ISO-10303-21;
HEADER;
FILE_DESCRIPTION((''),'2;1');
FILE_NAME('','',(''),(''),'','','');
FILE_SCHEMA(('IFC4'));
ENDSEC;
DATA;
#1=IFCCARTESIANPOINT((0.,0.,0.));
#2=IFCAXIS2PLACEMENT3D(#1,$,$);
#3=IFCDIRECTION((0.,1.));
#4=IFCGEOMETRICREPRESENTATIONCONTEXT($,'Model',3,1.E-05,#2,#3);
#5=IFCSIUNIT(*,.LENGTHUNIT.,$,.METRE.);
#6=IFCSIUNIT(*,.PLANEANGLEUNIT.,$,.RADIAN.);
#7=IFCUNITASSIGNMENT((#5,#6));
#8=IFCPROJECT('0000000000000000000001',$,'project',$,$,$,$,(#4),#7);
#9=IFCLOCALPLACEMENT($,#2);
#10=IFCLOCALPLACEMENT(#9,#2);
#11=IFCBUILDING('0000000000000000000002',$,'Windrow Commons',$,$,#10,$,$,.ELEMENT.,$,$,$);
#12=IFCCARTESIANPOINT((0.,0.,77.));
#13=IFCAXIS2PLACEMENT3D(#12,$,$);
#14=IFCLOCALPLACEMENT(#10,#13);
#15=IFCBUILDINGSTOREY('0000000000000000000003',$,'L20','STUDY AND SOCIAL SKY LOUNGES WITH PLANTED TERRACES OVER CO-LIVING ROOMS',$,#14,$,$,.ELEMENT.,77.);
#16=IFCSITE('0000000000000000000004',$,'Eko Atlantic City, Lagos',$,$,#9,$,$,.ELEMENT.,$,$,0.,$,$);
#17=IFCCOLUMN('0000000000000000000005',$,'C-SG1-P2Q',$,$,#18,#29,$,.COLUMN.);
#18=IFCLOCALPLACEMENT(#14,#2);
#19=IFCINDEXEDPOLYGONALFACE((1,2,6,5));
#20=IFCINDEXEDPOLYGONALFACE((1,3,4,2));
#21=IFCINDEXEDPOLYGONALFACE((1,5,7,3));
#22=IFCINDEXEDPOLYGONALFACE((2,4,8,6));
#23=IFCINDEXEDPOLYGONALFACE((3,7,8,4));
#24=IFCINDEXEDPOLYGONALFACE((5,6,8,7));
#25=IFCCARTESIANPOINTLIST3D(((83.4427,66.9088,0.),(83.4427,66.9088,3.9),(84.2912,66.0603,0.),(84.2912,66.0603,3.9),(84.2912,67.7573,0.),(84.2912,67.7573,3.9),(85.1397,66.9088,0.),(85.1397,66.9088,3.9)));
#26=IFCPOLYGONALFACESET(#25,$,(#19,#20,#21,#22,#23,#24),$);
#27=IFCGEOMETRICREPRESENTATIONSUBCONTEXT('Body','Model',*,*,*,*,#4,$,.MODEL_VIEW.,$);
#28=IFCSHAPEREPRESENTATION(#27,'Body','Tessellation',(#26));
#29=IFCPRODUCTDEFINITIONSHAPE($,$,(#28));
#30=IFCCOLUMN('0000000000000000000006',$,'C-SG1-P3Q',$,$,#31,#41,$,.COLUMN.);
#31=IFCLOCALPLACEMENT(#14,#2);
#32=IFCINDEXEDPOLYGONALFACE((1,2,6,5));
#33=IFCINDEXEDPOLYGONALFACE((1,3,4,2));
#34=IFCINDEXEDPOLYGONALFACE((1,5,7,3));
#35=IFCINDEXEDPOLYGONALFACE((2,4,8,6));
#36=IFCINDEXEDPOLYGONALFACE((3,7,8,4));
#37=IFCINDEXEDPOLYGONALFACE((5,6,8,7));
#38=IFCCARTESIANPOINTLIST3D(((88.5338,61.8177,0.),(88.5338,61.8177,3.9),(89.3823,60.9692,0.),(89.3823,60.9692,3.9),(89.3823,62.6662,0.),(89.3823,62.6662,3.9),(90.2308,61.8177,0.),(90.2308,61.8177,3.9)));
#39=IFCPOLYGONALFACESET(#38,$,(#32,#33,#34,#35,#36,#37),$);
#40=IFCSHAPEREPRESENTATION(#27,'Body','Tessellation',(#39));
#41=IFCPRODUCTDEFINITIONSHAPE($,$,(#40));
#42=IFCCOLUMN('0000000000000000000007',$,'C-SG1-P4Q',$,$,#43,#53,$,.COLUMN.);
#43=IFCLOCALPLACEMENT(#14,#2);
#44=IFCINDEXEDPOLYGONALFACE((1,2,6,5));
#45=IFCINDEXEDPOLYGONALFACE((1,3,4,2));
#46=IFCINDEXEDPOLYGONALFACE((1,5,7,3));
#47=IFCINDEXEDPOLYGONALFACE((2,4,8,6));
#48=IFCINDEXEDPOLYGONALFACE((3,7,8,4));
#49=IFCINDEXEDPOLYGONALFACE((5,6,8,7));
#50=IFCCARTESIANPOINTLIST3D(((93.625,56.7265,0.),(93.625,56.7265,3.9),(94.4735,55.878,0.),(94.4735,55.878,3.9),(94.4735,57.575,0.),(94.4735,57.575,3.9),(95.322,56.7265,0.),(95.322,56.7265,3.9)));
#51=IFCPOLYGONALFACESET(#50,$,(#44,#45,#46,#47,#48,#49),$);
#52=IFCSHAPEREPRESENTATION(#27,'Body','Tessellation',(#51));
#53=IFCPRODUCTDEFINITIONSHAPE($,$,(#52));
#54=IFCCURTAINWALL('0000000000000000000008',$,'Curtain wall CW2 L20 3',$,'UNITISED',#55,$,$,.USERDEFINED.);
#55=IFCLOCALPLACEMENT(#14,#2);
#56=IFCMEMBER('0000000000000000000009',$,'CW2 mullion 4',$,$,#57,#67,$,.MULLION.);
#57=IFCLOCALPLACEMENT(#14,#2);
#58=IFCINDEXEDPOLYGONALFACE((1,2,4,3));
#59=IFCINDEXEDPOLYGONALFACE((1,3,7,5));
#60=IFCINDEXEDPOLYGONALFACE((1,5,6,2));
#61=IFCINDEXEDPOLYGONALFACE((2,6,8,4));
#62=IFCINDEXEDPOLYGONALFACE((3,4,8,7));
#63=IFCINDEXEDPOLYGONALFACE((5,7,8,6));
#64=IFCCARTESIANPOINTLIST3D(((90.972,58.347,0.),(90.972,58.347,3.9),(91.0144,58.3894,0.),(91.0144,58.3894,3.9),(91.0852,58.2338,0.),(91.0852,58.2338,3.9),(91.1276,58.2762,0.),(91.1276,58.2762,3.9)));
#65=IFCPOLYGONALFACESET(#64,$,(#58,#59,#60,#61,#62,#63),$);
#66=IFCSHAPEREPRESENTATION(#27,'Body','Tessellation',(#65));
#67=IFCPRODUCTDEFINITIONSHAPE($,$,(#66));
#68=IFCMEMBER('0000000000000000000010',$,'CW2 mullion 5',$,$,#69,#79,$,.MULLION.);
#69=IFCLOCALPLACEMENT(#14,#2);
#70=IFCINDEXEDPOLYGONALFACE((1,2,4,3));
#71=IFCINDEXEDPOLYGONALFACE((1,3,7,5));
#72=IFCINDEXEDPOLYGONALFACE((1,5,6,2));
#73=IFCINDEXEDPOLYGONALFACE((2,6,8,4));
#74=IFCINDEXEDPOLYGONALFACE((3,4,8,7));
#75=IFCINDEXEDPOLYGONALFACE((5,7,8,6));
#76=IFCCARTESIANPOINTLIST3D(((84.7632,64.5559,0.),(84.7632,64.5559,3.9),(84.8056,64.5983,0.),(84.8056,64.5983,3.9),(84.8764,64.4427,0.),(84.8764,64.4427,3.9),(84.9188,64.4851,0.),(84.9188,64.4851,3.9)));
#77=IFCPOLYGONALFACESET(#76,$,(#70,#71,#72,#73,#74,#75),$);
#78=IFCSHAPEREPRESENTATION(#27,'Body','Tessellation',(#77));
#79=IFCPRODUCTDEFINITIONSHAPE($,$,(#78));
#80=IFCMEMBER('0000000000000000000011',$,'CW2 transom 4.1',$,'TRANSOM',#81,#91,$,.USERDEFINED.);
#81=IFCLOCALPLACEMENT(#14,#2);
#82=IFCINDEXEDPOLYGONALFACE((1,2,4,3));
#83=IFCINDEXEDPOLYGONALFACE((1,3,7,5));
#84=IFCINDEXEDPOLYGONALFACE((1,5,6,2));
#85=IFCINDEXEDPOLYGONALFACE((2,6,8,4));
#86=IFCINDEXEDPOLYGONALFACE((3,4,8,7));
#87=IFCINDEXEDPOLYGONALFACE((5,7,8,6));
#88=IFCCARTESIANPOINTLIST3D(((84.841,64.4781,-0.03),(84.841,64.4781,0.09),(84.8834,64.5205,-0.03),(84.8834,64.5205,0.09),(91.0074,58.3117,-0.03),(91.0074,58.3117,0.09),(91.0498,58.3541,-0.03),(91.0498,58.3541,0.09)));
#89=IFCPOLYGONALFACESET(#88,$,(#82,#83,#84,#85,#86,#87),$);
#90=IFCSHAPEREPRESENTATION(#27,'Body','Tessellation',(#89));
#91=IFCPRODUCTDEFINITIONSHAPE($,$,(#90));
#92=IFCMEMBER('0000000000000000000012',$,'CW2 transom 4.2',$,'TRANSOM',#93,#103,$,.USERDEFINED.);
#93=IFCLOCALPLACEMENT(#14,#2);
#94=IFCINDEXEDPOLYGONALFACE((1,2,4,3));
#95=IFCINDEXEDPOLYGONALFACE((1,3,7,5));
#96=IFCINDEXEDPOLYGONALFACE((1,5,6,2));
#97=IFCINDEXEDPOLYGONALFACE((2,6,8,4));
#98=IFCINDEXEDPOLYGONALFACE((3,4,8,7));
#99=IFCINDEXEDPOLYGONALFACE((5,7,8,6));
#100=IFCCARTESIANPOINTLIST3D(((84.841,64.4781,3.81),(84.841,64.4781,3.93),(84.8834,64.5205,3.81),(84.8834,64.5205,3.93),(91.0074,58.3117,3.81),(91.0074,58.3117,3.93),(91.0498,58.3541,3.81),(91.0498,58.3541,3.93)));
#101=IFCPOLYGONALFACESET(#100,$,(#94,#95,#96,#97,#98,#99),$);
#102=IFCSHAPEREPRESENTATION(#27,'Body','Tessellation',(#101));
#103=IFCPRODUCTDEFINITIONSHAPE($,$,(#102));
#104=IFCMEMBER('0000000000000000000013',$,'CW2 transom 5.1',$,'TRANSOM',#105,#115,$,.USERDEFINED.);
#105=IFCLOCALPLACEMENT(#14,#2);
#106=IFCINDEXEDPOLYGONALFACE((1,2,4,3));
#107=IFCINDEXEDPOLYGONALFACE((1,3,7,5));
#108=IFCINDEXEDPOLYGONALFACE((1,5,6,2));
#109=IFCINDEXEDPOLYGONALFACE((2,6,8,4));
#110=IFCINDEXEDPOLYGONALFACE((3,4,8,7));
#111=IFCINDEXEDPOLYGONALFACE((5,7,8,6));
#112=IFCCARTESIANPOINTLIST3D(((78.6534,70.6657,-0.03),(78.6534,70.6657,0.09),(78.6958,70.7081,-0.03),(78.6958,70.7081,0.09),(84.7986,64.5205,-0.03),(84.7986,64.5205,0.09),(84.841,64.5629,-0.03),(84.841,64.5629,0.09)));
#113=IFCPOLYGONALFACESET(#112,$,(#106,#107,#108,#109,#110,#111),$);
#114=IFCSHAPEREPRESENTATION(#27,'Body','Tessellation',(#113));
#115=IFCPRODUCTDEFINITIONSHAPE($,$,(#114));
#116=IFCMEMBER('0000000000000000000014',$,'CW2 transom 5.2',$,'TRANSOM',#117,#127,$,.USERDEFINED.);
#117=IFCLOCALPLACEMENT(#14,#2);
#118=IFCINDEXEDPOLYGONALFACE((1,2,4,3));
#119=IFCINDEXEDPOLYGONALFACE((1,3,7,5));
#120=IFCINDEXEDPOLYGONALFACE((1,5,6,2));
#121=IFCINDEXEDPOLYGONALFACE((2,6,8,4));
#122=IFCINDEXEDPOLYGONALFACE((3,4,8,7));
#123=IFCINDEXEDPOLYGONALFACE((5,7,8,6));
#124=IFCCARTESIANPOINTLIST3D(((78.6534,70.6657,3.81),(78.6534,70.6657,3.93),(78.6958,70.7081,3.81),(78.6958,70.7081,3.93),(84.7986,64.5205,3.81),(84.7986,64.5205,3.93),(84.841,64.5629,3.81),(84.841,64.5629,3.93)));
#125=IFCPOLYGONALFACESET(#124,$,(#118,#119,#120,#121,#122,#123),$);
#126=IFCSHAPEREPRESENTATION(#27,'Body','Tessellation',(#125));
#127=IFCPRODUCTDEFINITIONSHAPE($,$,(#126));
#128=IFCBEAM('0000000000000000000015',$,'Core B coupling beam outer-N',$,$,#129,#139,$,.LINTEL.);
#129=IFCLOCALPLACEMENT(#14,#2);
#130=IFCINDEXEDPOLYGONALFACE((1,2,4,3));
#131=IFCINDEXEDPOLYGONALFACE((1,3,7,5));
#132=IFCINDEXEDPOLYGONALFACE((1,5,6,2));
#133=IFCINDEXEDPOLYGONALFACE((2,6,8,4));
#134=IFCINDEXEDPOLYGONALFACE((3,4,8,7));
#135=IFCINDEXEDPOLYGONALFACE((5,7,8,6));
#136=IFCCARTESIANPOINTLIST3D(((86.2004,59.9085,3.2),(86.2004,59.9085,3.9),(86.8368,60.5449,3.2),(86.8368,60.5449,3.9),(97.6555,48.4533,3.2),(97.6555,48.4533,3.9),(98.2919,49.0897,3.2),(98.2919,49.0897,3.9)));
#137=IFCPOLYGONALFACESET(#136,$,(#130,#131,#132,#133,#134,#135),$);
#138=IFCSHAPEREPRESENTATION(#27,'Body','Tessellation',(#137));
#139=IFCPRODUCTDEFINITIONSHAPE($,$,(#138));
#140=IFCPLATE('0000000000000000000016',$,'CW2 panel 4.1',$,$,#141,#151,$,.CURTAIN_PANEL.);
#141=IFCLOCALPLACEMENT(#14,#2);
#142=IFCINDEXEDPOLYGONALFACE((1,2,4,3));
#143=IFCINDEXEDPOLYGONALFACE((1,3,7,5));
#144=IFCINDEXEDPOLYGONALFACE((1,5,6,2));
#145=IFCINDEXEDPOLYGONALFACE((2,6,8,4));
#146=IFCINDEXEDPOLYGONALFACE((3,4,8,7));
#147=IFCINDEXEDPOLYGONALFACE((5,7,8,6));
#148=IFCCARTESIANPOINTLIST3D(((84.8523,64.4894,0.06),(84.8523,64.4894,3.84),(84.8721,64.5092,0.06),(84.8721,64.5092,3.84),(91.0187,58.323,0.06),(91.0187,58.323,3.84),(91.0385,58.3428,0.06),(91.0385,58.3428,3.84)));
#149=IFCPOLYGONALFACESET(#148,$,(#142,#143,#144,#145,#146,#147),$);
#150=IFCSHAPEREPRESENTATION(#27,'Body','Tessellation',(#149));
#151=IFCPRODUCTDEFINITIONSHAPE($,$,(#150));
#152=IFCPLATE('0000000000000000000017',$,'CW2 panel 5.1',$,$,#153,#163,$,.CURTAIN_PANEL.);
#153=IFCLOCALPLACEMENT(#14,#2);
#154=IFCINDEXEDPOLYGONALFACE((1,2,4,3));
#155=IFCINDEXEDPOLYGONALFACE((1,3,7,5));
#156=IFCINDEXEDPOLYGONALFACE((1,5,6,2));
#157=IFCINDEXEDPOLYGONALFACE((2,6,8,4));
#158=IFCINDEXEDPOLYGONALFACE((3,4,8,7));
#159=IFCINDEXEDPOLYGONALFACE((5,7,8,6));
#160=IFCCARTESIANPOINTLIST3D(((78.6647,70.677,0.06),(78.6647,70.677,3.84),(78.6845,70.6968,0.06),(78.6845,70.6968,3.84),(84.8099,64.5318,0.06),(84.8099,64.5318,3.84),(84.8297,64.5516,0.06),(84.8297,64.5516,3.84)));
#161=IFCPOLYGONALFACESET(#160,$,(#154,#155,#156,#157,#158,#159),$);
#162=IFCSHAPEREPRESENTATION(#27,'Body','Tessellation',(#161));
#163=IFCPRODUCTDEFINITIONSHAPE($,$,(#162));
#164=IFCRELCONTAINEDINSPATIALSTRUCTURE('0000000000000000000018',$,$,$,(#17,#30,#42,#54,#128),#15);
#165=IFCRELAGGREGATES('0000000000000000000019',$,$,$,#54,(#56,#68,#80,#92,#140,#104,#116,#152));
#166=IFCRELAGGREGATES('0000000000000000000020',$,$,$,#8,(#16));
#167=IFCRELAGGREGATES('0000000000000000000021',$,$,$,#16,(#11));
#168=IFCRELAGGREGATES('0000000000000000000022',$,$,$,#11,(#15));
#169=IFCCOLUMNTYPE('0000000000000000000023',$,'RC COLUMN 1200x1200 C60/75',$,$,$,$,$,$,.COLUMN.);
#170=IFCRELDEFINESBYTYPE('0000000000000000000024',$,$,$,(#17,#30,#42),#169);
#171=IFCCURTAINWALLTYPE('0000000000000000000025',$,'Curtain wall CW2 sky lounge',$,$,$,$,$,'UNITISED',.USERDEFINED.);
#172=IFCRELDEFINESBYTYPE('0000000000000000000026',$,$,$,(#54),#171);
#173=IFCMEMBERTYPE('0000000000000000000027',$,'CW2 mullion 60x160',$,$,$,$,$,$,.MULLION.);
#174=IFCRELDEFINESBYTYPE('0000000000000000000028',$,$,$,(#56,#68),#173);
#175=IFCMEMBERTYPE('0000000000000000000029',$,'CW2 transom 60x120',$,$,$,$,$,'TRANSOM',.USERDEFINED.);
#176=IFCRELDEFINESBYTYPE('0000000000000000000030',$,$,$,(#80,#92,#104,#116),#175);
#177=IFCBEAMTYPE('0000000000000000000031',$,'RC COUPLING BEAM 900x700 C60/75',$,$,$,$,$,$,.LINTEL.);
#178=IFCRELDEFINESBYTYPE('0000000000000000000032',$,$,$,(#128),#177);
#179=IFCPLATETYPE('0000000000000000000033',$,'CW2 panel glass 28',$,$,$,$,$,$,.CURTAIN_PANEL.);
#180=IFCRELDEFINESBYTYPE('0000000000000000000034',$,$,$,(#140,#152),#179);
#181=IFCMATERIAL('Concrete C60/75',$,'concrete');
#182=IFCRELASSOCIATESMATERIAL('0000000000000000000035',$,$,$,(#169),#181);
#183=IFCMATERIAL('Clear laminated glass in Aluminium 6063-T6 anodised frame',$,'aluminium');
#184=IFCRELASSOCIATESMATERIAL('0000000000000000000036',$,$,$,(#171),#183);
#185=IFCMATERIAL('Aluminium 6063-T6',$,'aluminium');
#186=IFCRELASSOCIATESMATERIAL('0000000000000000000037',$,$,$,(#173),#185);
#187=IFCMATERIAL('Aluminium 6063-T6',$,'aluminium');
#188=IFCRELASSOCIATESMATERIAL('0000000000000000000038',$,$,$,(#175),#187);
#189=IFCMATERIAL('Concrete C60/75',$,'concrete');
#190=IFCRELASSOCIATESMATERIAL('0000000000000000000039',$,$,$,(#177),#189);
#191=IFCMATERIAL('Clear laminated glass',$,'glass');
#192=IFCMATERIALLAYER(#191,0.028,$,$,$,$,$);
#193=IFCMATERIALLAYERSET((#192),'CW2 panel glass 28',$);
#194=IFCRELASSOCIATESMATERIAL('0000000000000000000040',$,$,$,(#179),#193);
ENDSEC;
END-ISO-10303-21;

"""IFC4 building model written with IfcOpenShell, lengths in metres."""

from ifc_helpers import new_model, si_unit, direction, frame, origin, origin_2d, place, context, subcontext, project, spatial, rectangle, extrude, material, layer, layer_set, material_profile, profile_set, type_object, element, aggregate, save


model = new_model("IFC4")

# Units and contexts
model_context = context("Model", 3, precision=1e-05, world=origin(), true_north=direction((0.0, 1.0)))
body_context = subcontext(model_context, "Body", "Model", "MODEL_VIEW")
ifc_project = project(units=[si_unit("LENGTHUNIT", "METRE"), si_unit("PLANEANGLEUNIT", "RADIAN")], contexts=[model_context])

# Site, building, storey
site_placement = place(None, origin())
site = spatial("IfcSite", under=ifc_project, at=site_placement, Name="Eko Atlantic City, Lagos", CompositionType="ELEMENT", RefElevation=0.0)
building_placement = place(site_placement, origin())
building = spatial("IfcBuilding", under=site, at=building_placement, Name="Windrow Commons", CompositionType="ELEMENT")
storey_placement = place(building_placement, frame((0.0, 0.0, 77.0)))
storey = spatial("IfcBuildingStorey", under=building, at=storey_placement, Name="L20", Description="STUDY AND SOCIAL SKY LOUNGES WITH PLANTED TERRACES OVER CO-LIVING ROOMS", CompositionType="ELEMENT", Elevation=77.0)

# Columns
ifc_material_1 = material(Name="Concrete C60/75", Category="concrete")
ifc_material_profile_1 = material_profile(ifc_material_1, rectangle(XDim=1.2, YDim=1.2, at=origin_2d()))
ifc_profile_set_1 = profile_set([ifc_material_profile_1], Name="Concrete C60/75")
column_type = type_object("IfcColumnType", Name="RC COLUMN 1200x1200 C60/75", PredefinedType="COLUMN", material=ifc_profile_set_1)
for number, where, z_axis, x_axis, name in (
    (1, (84.2912, 66.9088, 0.0), (0.0, 0.0, 1.0), (0.707107, -0.707107, 0.0), "C-SG1-P2Q"),
    (2, (89.3823, 61.8177, 0.0), (0.0, 0.0, 1.0), (0.707107, -0.707107, 0.0), "C-SG1-P3Q"),
    (3, (94.4735, 56.7265, 0.0), (0.0, 0.0, 1.0), (0.707107, -0.707107, 0.0), "C-SG1-P4Q"),
):
    element("IfcColumn", number, at=place(storey_placement, frame(where, z_axis=z_axis, x_axis=x_axis)), inside=storey, type_object=column_type, Name=name, PredefinedType="COLUMN", context=body_context, shape_type="SweptSolid", body=[
        extrude(rectangle(XDim=1.2, YDim=1.2, at=origin_2d()), origin(), (0.0, 0.0, 1.0), 3.9),
    ])

# Curtain wall, members
ifc_material_2 = material(Name="Clear laminated glass in Aluminium 6063-T6 anodised frame", Category="aluminium")
curtain_wall_type = type_object("IfcCurtainWallType", Name="Curtain wall CW2 sky lounge", ElementType="UNITISED", PredefinedType="USERDEFINED", material=ifc_material_2)
placement = place(storey_placement, origin())
curtain_wall = element("IfcCurtainWall", 4, at=placement, inside=storey, type_object=curtain_wall_type, Name="Curtain wall CW2 L20 3", ObjectType="UNITISED", PredefinedType="USERDEFINED")
ifc_material_3 = material(Name="Aluminium 6063-T6", Category="aluminium")
ifc_material_profile_2 = material_profile(ifc_material_3, rectangle(XDim=0.06, YDim=0.16, at=origin_2d()))
ifc_profile_set_2 = profile_set([ifc_material_profile_2], Name="Aluminium 6063-T6")
member_type_1 = type_object("IfcMemberType", Name="CW2 mullion 60x160", PredefinedType="MULLION", material=ifc_profile_set_2)
member_1_placement = place(storey_placement, frame((91.0498, 58.3116, 0.0), z_axis=(0.0, 0.0, 1.0), x_axis=(-0.707107, -0.707107, 0.0)))
member_1 = element("IfcMember", 5, at=member_1_placement, type_object=member_type_1, Name="CW2 mullion 4", PredefinedType="MULLION", context=body_context, shape_type="SweptSolid", body=[
    extrude(rectangle(XDim=0.06, YDim=0.16, at=origin_2d()), origin(), (0.0, 0.0, 1.0), 3.9),
])
member_2_placement = place(storey_placement, frame((84.841, 64.5205, 0.0), z_axis=(0.0, 0.0, 1.0), x_axis=(-0.707107, -0.707107, 0.0)))
member_2 = element("IfcMember", 6, at=member_2_placement, type_object=member_type_1, Name="CW2 mullion 5", PredefinedType="MULLION", context=body_context, shape_type="SweptSolid", body=[
    extrude(rectangle(XDim=0.06, YDim=0.16, at=origin_2d()), origin(), (0.0, 0.0, 1.0), 3.9),
])
ifc_material_4 = material(Name="Aluminium 6063-T6", Category="aluminium")
ifc_material_profile_3 = material_profile(ifc_material_4, rectangle(XDim=0.06, YDim=0.12, at=origin_2d()))
ifc_profile_set_3 = profile_set([ifc_material_profile_3], Name="Aluminium 6063-T6")
member_type_2 = type_object("IfcMemberType", Name="CW2 transom 60x120", ElementType="TRANSOM", PredefinedType="USERDEFINED", material=ifc_profile_set_3)
member_3_placement = place(storey_placement, frame((91.0286, 58.3329, 0.03), z_axis=(-0.707107, 0.707107, 0.0), x_axis=(-0.707107, -0.707107, 0.0)))
member_3 = element("IfcMember", 7, at=member_3_placement, type_object=member_type_2, Name="CW2 transom 4.1", ObjectType="TRANSOM", PredefinedType="USERDEFINED", context=body_context, shape_type="SweptSolid", body=[
    extrude(rectangle(XDim=0.06, YDim=0.12, at=origin_2d()), origin(), (0.0, 0.0, 1.0), 8.7206),
])
member_4_placement = place(storey_placement, frame((91.0286, 58.3329, 3.87), z_axis=(-0.707107, 0.707107, 0.0), x_axis=(-0.707107, -0.707107, 0.0)))
member_4 = element("IfcMember", 8, at=member_4_placement, type_object=member_type_2, Name="CW2 transom 4.2", ObjectType="TRANSOM", PredefinedType="USERDEFINED", context=body_context, shape_type="SweptSolid", body=[
    extrude(rectangle(XDim=0.06, YDim=0.12, at=origin_2d()), origin(), (0.0, 0.0, 1.0), 8.7206),
])
member_5_placement = place(storey_placement, frame((84.8198, 64.5417, 0.03), z_axis=(-0.707107, 0.707107, 0.0), x_axis=(-0.707107, -0.707107, 0.0)))
member_5 = element("IfcMember", 9, at=member_5_placement, type_object=member_type_2, Name="CW2 transom 5.1", ObjectType="TRANSOM", PredefinedType="USERDEFINED", context=body_context, shape_type="SweptSolid", body=[
    extrude(rectangle(XDim=0.06, YDim=0.12, at=origin_2d()), origin(), (0.0, 0.0, 1.0), 8.6906),
])
member_6_placement = place(storey_placement, frame((84.8198, 64.5417, 3.87), z_axis=(-0.707107, 0.707107, 0.0), x_axis=(-0.707107, -0.707107, 0.0)))
member_6 = element("IfcMember", 10, at=member_6_placement, type_object=member_type_2, Name="CW2 transom 5.2", ObjectType="TRANSOM", PredefinedType="USERDEFINED", context=body_context, shape_type="SweptSolid", body=[
    extrude(rectangle(XDim=0.06, YDim=0.12, at=origin_2d()), origin(), (0.0, 0.0, 1.0), 8.6906),
])

# Beam
ifc_material_5 = material(Name="Concrete C60/75", Category="concrete")
ifc_material_profile_4 = material_profile(ifc_material_5, rectangle(XDim=0.9, YDim=0.7, at=origin_2d()))
ifc_profile_set_4 = profile_set([ifc_material_profile_4], Name="Concrete C60/75")
beam_type = type_object("IfcBeamType", Name="RC COUPLING BEAM 900x700 C60/75", PredefinedType="LINTEL", material=ifc_profile_set_4)
beam_placement = place(storey_placement, frame((86.5186, 60.2267, 3.55), z_axis=(0.707104, -0.70711, 0.0), x_axis=(0.70711, 0.707104, 0.0)))
element("IfcBeam", 11, at=beam_placement, inside=storey, type_object=beam_type, Name="Core B coupling beam outer-N", PredefinedType="LINTEL", context=body_context, shape_type="SweptSolid", body=[
    extrude(rectangle(XDim=0.9, YDim=0.7, at=origin_2d()), origin(), (0.0, 0.0, 1.0), 16.2),
])

# Plates
ifc_material_6 = material(Name="Clear laminated glass", Category="glass")
ifc_layer_1 = layer(ifc_material_6, 0.028)
ifc_layer_set_1 = layer_set([ifc_layer_1], Name="CW2 panel glass 28")
plate_type = type_object("IfcPlateType", Name="CW2 panel glass 28", PredefinedType="CURTAIN_PANEL", material=ifc_layer_set_1)
plate_1_placement = place(storey_placement, frame((87.9454, 61.4161, 0.06), z_axis=(0.0, 0.0, 1.0), x_axis=(-0.707107, 0.707107, 0.0)))
plate_1 = element("IfcPlate", 12, at=plate_1_placement, type_object=plate_type, Name="CW2 panel 4.1", PredefinedType="CURTAIN_PANEL", context=body_context, shape_type="SweptSolid", body=[
    extrude(rectangle(XDim=8.7206, YDim=0.028, at=origin_2d()), origin(), (0.0, 0.0, 1.0), 3.78),
])
plate_2_placement = place(storey_placement, frame((81.7472, 67.6143, 0.06), z_axis=(0.0, 0.0, 1.0), x_axis=(-0.707107, 0.707107, 0.0)))
plate_2 = element("IfcPlate", 13, at=plate_2_placement, type_object=plate_type, Name="CW2 panel 5.1", PredefinedType="CURTAIN_PANEL", context=body_context, shape_type="SweptSolid", body=[
    extrude(rectangle(XDim=8.6906, YDim=0.028, at=origin_2d()), origin(), (0.0, 0.0, 1.0), 3.78),
])
aggregate(curtain_wall, [member_1, member_2, member_3, member_4, plate_1, member_5, member_6, plate_2])

save(model, "model.ifc")
